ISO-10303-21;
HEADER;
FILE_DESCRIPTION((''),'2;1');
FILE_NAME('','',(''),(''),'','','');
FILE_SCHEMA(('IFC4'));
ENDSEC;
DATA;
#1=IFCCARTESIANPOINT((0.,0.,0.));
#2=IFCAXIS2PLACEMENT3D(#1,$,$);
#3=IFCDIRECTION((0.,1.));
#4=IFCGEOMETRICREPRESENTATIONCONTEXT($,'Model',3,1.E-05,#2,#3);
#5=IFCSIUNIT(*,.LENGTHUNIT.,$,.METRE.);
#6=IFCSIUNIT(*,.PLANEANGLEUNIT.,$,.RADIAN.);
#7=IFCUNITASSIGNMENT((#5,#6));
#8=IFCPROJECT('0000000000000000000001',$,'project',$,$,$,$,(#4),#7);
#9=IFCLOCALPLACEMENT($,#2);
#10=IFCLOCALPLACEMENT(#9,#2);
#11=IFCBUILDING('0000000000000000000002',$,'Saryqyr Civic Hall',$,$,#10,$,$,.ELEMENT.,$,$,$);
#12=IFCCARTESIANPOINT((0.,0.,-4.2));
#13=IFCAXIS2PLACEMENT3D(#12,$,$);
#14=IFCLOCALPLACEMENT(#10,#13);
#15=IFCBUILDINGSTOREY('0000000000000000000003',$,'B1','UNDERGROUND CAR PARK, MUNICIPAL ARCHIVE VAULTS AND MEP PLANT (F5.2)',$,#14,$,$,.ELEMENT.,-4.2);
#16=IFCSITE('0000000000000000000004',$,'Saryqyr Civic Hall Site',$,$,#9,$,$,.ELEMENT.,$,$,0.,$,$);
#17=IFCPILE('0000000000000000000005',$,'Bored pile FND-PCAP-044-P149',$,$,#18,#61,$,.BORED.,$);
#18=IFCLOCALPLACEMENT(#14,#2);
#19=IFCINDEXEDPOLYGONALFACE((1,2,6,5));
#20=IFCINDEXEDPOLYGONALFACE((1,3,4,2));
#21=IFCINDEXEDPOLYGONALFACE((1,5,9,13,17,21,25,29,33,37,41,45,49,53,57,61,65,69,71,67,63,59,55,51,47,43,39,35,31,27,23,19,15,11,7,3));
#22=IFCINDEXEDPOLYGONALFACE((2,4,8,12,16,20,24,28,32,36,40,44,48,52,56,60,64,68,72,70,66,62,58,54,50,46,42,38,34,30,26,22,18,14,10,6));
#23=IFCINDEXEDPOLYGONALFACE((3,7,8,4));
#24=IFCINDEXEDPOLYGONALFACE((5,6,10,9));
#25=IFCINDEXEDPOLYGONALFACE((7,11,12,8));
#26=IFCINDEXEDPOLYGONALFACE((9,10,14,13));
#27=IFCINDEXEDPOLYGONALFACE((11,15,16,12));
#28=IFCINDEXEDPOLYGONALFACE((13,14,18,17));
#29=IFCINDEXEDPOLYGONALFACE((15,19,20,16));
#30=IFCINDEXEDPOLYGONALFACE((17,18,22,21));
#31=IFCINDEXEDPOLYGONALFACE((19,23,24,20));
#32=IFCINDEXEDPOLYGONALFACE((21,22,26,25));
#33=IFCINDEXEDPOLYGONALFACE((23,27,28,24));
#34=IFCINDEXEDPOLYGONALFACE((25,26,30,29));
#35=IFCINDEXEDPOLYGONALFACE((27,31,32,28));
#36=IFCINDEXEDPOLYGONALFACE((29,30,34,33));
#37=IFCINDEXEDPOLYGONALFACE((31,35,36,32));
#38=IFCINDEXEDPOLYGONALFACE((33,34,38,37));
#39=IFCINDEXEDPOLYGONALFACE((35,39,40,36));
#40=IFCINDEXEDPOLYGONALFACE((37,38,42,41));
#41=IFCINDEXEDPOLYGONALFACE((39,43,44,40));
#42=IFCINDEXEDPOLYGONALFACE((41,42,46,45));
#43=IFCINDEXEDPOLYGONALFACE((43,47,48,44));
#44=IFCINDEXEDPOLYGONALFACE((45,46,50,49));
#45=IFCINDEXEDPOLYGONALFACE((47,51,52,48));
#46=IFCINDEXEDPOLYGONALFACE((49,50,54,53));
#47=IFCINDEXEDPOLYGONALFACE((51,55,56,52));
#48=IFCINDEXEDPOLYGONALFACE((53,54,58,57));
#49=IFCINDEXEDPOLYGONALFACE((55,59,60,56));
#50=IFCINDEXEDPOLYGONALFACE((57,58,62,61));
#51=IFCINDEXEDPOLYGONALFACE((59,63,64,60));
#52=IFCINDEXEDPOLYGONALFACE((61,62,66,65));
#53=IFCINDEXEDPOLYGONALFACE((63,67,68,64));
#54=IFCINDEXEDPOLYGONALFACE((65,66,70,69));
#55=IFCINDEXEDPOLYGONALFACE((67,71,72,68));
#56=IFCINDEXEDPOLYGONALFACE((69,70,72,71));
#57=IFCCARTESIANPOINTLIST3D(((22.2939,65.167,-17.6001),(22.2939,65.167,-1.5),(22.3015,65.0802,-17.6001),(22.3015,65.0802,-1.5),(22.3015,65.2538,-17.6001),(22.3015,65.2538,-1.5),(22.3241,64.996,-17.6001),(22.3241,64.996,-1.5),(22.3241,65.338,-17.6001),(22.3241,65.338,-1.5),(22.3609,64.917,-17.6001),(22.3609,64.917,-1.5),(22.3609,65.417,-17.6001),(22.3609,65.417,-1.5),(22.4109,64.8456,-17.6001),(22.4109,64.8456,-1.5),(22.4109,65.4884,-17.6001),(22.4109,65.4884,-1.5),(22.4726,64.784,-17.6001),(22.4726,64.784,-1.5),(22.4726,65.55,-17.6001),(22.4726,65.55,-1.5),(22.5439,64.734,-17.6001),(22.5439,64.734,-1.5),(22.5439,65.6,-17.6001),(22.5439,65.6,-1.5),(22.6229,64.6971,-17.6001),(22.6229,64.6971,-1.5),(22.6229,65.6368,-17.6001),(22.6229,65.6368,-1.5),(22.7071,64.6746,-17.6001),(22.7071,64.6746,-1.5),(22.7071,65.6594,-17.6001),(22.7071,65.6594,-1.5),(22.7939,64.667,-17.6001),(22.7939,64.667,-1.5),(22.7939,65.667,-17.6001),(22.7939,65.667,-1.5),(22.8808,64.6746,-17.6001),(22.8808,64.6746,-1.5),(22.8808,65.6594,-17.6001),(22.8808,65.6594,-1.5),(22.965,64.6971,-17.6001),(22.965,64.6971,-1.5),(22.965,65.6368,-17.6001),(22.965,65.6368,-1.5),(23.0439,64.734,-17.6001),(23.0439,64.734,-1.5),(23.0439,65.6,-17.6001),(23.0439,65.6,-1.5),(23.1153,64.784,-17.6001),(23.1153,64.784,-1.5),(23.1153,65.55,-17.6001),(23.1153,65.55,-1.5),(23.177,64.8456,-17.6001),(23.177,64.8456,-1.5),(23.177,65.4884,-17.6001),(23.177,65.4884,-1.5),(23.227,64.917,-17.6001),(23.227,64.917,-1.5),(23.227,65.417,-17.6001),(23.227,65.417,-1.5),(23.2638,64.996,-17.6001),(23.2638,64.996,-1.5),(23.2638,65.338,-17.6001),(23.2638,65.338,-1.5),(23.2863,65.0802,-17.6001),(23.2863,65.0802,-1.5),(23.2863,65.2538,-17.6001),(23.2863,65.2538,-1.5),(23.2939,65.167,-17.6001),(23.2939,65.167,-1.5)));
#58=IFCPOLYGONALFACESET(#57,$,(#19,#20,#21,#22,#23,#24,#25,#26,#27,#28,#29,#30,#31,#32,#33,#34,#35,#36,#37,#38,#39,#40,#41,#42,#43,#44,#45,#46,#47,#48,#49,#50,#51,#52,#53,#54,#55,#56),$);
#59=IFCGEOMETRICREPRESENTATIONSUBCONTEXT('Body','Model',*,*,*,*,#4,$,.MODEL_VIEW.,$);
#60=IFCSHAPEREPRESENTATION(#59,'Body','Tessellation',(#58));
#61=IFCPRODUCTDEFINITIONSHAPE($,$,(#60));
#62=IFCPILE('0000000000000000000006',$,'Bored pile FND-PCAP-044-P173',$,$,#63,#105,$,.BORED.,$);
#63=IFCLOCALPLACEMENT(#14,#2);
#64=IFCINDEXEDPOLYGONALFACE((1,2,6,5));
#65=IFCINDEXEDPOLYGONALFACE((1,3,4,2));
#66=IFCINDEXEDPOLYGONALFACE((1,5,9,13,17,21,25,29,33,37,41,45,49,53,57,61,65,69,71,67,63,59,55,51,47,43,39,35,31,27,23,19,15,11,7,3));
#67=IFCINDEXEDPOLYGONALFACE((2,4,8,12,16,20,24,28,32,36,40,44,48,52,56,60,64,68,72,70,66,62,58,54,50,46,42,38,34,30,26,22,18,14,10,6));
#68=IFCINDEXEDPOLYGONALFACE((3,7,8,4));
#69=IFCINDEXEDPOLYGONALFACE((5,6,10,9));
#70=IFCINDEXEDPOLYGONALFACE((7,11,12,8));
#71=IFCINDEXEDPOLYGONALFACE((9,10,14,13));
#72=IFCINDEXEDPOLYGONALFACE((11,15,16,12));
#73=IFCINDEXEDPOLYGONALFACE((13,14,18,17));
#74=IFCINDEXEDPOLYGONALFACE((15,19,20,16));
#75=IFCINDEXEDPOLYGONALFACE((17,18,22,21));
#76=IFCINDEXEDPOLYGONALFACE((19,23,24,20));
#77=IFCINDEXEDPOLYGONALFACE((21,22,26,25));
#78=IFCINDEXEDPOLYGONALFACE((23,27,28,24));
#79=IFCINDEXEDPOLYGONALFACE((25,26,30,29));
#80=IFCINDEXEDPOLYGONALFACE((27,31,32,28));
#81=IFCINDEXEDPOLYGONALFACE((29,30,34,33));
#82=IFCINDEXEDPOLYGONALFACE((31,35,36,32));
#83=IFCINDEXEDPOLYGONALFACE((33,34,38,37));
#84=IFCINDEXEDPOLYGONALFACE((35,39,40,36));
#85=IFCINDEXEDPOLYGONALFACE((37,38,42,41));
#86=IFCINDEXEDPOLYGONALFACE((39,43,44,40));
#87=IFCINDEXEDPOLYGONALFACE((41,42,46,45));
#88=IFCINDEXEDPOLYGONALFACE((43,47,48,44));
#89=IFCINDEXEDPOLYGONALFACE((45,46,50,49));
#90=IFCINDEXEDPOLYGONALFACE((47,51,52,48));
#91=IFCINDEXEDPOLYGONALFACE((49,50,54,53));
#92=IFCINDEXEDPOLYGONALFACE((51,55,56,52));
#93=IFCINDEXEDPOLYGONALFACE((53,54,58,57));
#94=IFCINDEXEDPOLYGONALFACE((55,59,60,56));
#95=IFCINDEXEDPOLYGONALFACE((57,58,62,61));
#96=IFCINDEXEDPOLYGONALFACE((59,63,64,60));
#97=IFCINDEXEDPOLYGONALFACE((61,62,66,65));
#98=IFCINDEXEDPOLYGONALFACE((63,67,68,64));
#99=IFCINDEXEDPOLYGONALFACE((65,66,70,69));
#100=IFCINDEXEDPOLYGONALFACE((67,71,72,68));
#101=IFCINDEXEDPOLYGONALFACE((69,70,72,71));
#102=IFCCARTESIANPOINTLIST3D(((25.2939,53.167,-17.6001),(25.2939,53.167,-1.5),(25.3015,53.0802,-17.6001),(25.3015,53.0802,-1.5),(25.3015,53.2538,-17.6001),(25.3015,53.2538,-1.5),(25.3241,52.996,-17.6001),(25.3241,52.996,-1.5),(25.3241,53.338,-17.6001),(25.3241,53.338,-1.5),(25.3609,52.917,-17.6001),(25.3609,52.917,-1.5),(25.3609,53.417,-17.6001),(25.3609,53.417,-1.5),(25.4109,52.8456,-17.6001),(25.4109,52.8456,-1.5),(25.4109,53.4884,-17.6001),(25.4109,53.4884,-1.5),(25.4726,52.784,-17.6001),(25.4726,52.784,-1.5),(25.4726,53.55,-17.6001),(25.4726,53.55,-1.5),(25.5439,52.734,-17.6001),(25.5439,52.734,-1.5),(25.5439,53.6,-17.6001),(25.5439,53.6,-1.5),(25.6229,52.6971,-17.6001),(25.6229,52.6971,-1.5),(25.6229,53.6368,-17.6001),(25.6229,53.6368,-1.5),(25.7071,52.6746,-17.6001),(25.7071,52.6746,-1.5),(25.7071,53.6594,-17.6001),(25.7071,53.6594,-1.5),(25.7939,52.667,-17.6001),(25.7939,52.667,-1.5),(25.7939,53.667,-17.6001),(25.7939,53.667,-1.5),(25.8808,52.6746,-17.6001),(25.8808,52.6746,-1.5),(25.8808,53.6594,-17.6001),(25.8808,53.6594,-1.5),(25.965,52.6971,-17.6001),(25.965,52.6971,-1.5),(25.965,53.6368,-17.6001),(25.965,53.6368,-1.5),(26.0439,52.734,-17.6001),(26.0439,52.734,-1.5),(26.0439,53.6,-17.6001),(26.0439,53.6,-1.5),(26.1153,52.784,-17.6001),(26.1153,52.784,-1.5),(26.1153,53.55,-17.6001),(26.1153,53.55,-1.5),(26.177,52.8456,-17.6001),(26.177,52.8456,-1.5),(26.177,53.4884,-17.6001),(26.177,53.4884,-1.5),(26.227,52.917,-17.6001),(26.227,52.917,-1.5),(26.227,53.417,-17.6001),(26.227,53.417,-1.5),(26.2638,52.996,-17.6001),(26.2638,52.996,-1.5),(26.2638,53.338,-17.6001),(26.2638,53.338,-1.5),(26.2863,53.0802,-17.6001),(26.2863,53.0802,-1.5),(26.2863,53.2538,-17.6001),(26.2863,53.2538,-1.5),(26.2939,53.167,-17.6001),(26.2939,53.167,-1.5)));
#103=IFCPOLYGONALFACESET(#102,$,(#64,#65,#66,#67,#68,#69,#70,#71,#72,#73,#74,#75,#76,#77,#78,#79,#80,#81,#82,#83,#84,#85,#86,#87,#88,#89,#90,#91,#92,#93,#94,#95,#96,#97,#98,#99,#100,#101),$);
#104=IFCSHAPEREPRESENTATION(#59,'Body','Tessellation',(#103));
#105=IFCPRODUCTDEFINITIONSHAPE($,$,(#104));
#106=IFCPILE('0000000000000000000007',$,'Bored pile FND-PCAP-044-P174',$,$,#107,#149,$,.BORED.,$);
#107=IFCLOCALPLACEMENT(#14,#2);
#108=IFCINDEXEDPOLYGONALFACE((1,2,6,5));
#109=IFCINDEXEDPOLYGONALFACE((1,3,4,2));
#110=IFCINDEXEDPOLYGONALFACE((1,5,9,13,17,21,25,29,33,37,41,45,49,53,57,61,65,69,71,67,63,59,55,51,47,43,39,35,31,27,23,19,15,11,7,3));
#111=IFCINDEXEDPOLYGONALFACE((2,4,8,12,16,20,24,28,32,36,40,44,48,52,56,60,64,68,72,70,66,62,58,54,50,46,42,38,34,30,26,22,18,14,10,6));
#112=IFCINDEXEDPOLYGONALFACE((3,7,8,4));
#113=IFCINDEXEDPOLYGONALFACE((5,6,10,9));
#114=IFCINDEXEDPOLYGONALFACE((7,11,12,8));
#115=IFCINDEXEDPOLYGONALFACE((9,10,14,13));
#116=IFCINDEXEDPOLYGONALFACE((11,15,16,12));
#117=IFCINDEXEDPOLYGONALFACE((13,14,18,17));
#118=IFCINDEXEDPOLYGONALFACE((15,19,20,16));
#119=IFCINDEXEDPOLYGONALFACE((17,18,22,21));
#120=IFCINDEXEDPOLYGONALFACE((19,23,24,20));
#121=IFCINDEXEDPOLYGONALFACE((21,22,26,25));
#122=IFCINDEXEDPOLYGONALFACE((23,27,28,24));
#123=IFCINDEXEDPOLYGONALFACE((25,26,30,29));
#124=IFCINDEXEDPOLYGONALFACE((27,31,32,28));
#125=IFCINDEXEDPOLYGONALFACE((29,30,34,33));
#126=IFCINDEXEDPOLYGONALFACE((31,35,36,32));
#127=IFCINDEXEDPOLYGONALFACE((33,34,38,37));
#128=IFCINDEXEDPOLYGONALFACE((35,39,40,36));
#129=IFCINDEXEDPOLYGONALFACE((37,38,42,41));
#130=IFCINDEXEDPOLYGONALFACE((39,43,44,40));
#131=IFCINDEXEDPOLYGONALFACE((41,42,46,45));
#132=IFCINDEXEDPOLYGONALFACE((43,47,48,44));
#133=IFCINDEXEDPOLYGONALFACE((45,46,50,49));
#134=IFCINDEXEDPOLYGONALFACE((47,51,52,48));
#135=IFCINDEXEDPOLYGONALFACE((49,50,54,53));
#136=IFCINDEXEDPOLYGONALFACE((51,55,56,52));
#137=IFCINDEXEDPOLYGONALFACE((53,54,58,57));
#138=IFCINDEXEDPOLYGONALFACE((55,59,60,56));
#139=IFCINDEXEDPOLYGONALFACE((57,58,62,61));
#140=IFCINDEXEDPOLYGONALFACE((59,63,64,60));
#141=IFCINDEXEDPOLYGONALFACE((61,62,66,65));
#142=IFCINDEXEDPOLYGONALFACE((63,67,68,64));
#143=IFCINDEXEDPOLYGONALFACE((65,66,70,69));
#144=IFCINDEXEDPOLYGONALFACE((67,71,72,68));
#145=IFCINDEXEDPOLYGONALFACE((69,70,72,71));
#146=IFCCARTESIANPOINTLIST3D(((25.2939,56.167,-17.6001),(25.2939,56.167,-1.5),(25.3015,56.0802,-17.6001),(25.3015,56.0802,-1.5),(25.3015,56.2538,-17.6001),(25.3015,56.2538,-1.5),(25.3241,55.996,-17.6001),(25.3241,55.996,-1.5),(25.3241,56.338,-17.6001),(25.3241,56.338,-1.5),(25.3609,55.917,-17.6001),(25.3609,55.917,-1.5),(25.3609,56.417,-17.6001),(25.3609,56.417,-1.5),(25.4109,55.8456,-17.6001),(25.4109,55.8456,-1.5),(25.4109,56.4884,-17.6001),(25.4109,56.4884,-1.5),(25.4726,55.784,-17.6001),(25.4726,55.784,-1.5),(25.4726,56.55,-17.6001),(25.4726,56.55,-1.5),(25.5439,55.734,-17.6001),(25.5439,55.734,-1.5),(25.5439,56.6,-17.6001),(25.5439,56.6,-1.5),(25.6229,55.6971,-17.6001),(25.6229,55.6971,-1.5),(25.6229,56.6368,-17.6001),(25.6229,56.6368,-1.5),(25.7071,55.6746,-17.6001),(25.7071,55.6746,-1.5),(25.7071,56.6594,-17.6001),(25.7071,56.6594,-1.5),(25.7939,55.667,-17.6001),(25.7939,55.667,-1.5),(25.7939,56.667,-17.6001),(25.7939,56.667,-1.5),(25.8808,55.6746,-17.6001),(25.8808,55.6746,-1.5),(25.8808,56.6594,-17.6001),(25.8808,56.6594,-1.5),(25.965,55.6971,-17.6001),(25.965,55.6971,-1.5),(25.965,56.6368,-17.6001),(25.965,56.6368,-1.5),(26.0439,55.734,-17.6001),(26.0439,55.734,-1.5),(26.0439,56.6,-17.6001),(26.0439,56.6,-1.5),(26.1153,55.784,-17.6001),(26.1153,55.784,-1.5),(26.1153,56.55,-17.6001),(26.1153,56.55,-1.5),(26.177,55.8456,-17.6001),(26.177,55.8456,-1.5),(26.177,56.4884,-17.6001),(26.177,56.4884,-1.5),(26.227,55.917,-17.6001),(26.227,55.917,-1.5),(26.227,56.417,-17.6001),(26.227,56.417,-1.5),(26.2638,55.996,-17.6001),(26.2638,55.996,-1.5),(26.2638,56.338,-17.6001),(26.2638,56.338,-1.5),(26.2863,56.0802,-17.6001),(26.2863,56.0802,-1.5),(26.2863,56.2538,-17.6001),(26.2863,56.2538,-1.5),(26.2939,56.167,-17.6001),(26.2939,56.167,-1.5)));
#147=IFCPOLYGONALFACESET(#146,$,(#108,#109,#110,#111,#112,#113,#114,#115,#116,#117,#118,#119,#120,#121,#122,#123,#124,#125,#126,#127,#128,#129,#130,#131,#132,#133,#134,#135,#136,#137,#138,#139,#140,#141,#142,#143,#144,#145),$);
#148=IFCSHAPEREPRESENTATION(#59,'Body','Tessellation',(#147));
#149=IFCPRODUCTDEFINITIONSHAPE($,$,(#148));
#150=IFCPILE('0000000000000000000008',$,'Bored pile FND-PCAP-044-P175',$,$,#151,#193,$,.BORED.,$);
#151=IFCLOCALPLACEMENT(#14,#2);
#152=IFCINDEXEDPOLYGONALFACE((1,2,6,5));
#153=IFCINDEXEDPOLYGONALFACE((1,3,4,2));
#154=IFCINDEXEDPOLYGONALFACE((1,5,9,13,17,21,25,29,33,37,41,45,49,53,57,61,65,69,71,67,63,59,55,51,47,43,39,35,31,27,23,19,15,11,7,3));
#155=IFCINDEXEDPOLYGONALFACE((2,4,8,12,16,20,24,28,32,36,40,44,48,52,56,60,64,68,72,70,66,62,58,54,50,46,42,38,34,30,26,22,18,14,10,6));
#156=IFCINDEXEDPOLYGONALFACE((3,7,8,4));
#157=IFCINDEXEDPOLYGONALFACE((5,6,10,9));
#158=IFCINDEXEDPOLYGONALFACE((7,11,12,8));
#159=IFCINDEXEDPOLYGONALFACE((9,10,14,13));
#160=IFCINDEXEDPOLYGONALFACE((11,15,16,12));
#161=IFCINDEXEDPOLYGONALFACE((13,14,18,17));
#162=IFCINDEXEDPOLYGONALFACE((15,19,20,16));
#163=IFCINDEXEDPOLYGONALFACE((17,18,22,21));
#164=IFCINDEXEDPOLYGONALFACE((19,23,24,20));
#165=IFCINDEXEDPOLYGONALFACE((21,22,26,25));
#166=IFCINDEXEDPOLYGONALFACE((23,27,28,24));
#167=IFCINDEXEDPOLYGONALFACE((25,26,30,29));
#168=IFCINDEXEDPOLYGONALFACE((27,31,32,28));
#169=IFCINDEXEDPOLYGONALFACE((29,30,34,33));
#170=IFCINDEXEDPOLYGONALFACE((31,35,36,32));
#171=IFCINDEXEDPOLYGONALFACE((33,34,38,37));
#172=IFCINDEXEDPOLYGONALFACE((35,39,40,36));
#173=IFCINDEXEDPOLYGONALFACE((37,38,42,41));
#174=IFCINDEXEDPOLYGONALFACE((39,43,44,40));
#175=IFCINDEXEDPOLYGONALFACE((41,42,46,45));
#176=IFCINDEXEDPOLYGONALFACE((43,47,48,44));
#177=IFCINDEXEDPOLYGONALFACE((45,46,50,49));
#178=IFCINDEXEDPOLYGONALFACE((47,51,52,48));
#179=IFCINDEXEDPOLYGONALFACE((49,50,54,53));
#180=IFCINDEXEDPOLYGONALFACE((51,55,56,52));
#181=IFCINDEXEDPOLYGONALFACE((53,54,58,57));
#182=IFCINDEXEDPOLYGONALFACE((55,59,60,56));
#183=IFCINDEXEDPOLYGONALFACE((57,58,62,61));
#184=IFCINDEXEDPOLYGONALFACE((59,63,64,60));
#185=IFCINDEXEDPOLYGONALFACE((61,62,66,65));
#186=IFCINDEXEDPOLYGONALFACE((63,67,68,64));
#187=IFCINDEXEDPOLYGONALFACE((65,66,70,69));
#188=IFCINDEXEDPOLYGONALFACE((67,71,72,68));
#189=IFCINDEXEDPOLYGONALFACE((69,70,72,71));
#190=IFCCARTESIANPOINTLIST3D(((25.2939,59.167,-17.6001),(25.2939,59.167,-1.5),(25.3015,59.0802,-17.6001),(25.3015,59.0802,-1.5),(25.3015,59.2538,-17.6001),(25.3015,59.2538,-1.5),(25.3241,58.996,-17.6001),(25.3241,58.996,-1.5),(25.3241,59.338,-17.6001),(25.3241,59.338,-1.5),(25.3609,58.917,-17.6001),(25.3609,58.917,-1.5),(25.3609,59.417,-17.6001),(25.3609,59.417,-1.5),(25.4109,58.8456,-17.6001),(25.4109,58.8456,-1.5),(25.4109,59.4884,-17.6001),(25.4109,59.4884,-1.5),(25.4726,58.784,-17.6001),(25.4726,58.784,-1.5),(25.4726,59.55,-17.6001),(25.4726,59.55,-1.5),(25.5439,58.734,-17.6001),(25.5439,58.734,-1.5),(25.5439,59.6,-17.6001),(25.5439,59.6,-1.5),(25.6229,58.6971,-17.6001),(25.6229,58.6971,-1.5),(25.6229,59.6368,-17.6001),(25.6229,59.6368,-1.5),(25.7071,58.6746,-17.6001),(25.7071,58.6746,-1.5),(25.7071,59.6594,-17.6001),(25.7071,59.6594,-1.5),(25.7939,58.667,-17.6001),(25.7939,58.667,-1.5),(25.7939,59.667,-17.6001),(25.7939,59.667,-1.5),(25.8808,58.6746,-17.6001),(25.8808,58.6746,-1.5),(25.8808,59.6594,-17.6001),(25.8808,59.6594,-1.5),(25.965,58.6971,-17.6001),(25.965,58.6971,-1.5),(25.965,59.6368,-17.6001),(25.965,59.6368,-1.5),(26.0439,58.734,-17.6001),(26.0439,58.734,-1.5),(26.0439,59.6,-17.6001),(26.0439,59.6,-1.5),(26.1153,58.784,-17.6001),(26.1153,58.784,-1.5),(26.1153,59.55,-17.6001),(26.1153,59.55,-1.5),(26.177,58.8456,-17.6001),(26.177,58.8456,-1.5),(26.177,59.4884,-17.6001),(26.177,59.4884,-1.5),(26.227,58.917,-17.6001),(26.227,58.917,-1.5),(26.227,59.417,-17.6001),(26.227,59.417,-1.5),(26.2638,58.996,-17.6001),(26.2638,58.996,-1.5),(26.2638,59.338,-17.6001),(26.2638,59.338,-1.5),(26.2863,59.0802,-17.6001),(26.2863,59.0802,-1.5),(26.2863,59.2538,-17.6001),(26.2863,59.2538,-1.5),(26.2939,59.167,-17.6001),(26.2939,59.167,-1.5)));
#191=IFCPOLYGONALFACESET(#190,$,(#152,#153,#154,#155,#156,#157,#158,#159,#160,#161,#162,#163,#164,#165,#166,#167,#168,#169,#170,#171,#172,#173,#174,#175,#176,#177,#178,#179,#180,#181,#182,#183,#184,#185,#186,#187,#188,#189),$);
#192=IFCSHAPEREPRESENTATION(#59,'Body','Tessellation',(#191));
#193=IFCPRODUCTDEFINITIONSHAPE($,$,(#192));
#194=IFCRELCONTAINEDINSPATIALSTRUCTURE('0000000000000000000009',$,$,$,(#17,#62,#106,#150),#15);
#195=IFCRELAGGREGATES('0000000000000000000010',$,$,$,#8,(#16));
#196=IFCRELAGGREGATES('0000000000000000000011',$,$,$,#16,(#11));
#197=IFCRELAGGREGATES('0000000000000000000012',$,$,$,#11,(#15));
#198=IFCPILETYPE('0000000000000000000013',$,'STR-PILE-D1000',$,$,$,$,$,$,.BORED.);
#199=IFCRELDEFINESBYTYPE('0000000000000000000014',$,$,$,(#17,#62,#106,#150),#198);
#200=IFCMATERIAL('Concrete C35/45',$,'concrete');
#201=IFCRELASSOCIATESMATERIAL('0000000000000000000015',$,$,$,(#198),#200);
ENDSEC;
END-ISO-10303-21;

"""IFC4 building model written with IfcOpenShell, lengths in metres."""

from ifc_helpers import new_model, si_unit, direction, frame, origin, origin_2d, place, context, subcontext, project, spatial, circle, extrude, material, material_profile, profile_set, type_object, element, save


model = new_model("IFC4")

# Units and contexts
model_context = context("Model", 3, precision=1e-05, world=origin(), true_north=direction((0.0, 1.0)))
body_context = subcontext(model_context, "Body", "Model", "MODEL_VIEW")
ifc_project = project(units=[si_unit("LENGTHUNIT", "METRE"), si_unit("PLANEANGLEUNIT", "RADIAN")], contexts=[model_context])

# Site, building, storey
site_placement = place(None, origin())
site = spatial("IfcSite", under=ifc_project, at=site_placement, Name="Saryqyr Civic Hall Site", CompositionType="ELEMENT", RefElevation=0.0)
building_placement = place(site_placement, origin())
building = spatial("IfcBuilding", under=site, at=building_placement, Name="Saryqyr Civic Hall", CompositionType="ELEMENT")
storey_placement = place(building_placement, frame((0.0, 0.0, -4.2)))
storey = spatial("IfcBuildingStorey", under=building, at=storey_placement, Name="B1", Description="UNDERGROUND CAR PARK, MUNICIPAL ARCHIVE VAULTS AND MEP PLANT (F5.2)", CompositionType="ELEMENT", Elevation=-4.2)

# Piles
ifc_material_1 = material(Name="Concrete C35/45", Category="concrete")
ifc_material_profile_1 = material_profile(ifc_material_1, circle(Radius=0.5, at=origin_2d()), Name="BORED PILE D1000")
ifc_profile_set_1 = profile_set([ifc_material_profile_1], Name="Concrete C35/45")
pile_type = type_object("IfcPileType", Name="STR-PILE-D1000", PredefinedType="BORED", material=ifc_profile_set_1)
for number, where, z_axis, x_axis, name in (
    (1, (22.7939, 65.167, -1.5), (0.0, 0.0, -1.0), (1.0, 0.0, 0.0), "Bored pile FND-PCAP-044-P149"),
    (2, (25.7939, 53.167, -1.5), (0.0, 0.0, -1.0), (1.0, 0.0, 0.0), "Bored pile FND-PCAP-044-P173"),
    (3, (25.7939, 56.167, -1.5), (0.0, 0.0, -1.0), (1.0, 0.0, 0.0), "Bored pile FND-PCAP-044-P174"),
    (4, (25.7939, 59.167, -1.5), (0.0, 0.0, -1.0), (1.0, 0.0, 0.0), "Bored pile FND-PCAP-044-P175"),
):
    element("IfcPile", number, at=place(storey_placement, frame(where, z_axis=z_axis, x_axis=x_axis)), inside=storey, type_object=pile_type, Name=name, PredefinedType="BORED", context=body_context, shape_type="SweptSolid", body=[
        extrude(circle(Radius=0.5, at=origin_2d()), origin(), (0.0, 0.0, 1.0), 16.1001),
    ])

save(model, "model.ifc")
